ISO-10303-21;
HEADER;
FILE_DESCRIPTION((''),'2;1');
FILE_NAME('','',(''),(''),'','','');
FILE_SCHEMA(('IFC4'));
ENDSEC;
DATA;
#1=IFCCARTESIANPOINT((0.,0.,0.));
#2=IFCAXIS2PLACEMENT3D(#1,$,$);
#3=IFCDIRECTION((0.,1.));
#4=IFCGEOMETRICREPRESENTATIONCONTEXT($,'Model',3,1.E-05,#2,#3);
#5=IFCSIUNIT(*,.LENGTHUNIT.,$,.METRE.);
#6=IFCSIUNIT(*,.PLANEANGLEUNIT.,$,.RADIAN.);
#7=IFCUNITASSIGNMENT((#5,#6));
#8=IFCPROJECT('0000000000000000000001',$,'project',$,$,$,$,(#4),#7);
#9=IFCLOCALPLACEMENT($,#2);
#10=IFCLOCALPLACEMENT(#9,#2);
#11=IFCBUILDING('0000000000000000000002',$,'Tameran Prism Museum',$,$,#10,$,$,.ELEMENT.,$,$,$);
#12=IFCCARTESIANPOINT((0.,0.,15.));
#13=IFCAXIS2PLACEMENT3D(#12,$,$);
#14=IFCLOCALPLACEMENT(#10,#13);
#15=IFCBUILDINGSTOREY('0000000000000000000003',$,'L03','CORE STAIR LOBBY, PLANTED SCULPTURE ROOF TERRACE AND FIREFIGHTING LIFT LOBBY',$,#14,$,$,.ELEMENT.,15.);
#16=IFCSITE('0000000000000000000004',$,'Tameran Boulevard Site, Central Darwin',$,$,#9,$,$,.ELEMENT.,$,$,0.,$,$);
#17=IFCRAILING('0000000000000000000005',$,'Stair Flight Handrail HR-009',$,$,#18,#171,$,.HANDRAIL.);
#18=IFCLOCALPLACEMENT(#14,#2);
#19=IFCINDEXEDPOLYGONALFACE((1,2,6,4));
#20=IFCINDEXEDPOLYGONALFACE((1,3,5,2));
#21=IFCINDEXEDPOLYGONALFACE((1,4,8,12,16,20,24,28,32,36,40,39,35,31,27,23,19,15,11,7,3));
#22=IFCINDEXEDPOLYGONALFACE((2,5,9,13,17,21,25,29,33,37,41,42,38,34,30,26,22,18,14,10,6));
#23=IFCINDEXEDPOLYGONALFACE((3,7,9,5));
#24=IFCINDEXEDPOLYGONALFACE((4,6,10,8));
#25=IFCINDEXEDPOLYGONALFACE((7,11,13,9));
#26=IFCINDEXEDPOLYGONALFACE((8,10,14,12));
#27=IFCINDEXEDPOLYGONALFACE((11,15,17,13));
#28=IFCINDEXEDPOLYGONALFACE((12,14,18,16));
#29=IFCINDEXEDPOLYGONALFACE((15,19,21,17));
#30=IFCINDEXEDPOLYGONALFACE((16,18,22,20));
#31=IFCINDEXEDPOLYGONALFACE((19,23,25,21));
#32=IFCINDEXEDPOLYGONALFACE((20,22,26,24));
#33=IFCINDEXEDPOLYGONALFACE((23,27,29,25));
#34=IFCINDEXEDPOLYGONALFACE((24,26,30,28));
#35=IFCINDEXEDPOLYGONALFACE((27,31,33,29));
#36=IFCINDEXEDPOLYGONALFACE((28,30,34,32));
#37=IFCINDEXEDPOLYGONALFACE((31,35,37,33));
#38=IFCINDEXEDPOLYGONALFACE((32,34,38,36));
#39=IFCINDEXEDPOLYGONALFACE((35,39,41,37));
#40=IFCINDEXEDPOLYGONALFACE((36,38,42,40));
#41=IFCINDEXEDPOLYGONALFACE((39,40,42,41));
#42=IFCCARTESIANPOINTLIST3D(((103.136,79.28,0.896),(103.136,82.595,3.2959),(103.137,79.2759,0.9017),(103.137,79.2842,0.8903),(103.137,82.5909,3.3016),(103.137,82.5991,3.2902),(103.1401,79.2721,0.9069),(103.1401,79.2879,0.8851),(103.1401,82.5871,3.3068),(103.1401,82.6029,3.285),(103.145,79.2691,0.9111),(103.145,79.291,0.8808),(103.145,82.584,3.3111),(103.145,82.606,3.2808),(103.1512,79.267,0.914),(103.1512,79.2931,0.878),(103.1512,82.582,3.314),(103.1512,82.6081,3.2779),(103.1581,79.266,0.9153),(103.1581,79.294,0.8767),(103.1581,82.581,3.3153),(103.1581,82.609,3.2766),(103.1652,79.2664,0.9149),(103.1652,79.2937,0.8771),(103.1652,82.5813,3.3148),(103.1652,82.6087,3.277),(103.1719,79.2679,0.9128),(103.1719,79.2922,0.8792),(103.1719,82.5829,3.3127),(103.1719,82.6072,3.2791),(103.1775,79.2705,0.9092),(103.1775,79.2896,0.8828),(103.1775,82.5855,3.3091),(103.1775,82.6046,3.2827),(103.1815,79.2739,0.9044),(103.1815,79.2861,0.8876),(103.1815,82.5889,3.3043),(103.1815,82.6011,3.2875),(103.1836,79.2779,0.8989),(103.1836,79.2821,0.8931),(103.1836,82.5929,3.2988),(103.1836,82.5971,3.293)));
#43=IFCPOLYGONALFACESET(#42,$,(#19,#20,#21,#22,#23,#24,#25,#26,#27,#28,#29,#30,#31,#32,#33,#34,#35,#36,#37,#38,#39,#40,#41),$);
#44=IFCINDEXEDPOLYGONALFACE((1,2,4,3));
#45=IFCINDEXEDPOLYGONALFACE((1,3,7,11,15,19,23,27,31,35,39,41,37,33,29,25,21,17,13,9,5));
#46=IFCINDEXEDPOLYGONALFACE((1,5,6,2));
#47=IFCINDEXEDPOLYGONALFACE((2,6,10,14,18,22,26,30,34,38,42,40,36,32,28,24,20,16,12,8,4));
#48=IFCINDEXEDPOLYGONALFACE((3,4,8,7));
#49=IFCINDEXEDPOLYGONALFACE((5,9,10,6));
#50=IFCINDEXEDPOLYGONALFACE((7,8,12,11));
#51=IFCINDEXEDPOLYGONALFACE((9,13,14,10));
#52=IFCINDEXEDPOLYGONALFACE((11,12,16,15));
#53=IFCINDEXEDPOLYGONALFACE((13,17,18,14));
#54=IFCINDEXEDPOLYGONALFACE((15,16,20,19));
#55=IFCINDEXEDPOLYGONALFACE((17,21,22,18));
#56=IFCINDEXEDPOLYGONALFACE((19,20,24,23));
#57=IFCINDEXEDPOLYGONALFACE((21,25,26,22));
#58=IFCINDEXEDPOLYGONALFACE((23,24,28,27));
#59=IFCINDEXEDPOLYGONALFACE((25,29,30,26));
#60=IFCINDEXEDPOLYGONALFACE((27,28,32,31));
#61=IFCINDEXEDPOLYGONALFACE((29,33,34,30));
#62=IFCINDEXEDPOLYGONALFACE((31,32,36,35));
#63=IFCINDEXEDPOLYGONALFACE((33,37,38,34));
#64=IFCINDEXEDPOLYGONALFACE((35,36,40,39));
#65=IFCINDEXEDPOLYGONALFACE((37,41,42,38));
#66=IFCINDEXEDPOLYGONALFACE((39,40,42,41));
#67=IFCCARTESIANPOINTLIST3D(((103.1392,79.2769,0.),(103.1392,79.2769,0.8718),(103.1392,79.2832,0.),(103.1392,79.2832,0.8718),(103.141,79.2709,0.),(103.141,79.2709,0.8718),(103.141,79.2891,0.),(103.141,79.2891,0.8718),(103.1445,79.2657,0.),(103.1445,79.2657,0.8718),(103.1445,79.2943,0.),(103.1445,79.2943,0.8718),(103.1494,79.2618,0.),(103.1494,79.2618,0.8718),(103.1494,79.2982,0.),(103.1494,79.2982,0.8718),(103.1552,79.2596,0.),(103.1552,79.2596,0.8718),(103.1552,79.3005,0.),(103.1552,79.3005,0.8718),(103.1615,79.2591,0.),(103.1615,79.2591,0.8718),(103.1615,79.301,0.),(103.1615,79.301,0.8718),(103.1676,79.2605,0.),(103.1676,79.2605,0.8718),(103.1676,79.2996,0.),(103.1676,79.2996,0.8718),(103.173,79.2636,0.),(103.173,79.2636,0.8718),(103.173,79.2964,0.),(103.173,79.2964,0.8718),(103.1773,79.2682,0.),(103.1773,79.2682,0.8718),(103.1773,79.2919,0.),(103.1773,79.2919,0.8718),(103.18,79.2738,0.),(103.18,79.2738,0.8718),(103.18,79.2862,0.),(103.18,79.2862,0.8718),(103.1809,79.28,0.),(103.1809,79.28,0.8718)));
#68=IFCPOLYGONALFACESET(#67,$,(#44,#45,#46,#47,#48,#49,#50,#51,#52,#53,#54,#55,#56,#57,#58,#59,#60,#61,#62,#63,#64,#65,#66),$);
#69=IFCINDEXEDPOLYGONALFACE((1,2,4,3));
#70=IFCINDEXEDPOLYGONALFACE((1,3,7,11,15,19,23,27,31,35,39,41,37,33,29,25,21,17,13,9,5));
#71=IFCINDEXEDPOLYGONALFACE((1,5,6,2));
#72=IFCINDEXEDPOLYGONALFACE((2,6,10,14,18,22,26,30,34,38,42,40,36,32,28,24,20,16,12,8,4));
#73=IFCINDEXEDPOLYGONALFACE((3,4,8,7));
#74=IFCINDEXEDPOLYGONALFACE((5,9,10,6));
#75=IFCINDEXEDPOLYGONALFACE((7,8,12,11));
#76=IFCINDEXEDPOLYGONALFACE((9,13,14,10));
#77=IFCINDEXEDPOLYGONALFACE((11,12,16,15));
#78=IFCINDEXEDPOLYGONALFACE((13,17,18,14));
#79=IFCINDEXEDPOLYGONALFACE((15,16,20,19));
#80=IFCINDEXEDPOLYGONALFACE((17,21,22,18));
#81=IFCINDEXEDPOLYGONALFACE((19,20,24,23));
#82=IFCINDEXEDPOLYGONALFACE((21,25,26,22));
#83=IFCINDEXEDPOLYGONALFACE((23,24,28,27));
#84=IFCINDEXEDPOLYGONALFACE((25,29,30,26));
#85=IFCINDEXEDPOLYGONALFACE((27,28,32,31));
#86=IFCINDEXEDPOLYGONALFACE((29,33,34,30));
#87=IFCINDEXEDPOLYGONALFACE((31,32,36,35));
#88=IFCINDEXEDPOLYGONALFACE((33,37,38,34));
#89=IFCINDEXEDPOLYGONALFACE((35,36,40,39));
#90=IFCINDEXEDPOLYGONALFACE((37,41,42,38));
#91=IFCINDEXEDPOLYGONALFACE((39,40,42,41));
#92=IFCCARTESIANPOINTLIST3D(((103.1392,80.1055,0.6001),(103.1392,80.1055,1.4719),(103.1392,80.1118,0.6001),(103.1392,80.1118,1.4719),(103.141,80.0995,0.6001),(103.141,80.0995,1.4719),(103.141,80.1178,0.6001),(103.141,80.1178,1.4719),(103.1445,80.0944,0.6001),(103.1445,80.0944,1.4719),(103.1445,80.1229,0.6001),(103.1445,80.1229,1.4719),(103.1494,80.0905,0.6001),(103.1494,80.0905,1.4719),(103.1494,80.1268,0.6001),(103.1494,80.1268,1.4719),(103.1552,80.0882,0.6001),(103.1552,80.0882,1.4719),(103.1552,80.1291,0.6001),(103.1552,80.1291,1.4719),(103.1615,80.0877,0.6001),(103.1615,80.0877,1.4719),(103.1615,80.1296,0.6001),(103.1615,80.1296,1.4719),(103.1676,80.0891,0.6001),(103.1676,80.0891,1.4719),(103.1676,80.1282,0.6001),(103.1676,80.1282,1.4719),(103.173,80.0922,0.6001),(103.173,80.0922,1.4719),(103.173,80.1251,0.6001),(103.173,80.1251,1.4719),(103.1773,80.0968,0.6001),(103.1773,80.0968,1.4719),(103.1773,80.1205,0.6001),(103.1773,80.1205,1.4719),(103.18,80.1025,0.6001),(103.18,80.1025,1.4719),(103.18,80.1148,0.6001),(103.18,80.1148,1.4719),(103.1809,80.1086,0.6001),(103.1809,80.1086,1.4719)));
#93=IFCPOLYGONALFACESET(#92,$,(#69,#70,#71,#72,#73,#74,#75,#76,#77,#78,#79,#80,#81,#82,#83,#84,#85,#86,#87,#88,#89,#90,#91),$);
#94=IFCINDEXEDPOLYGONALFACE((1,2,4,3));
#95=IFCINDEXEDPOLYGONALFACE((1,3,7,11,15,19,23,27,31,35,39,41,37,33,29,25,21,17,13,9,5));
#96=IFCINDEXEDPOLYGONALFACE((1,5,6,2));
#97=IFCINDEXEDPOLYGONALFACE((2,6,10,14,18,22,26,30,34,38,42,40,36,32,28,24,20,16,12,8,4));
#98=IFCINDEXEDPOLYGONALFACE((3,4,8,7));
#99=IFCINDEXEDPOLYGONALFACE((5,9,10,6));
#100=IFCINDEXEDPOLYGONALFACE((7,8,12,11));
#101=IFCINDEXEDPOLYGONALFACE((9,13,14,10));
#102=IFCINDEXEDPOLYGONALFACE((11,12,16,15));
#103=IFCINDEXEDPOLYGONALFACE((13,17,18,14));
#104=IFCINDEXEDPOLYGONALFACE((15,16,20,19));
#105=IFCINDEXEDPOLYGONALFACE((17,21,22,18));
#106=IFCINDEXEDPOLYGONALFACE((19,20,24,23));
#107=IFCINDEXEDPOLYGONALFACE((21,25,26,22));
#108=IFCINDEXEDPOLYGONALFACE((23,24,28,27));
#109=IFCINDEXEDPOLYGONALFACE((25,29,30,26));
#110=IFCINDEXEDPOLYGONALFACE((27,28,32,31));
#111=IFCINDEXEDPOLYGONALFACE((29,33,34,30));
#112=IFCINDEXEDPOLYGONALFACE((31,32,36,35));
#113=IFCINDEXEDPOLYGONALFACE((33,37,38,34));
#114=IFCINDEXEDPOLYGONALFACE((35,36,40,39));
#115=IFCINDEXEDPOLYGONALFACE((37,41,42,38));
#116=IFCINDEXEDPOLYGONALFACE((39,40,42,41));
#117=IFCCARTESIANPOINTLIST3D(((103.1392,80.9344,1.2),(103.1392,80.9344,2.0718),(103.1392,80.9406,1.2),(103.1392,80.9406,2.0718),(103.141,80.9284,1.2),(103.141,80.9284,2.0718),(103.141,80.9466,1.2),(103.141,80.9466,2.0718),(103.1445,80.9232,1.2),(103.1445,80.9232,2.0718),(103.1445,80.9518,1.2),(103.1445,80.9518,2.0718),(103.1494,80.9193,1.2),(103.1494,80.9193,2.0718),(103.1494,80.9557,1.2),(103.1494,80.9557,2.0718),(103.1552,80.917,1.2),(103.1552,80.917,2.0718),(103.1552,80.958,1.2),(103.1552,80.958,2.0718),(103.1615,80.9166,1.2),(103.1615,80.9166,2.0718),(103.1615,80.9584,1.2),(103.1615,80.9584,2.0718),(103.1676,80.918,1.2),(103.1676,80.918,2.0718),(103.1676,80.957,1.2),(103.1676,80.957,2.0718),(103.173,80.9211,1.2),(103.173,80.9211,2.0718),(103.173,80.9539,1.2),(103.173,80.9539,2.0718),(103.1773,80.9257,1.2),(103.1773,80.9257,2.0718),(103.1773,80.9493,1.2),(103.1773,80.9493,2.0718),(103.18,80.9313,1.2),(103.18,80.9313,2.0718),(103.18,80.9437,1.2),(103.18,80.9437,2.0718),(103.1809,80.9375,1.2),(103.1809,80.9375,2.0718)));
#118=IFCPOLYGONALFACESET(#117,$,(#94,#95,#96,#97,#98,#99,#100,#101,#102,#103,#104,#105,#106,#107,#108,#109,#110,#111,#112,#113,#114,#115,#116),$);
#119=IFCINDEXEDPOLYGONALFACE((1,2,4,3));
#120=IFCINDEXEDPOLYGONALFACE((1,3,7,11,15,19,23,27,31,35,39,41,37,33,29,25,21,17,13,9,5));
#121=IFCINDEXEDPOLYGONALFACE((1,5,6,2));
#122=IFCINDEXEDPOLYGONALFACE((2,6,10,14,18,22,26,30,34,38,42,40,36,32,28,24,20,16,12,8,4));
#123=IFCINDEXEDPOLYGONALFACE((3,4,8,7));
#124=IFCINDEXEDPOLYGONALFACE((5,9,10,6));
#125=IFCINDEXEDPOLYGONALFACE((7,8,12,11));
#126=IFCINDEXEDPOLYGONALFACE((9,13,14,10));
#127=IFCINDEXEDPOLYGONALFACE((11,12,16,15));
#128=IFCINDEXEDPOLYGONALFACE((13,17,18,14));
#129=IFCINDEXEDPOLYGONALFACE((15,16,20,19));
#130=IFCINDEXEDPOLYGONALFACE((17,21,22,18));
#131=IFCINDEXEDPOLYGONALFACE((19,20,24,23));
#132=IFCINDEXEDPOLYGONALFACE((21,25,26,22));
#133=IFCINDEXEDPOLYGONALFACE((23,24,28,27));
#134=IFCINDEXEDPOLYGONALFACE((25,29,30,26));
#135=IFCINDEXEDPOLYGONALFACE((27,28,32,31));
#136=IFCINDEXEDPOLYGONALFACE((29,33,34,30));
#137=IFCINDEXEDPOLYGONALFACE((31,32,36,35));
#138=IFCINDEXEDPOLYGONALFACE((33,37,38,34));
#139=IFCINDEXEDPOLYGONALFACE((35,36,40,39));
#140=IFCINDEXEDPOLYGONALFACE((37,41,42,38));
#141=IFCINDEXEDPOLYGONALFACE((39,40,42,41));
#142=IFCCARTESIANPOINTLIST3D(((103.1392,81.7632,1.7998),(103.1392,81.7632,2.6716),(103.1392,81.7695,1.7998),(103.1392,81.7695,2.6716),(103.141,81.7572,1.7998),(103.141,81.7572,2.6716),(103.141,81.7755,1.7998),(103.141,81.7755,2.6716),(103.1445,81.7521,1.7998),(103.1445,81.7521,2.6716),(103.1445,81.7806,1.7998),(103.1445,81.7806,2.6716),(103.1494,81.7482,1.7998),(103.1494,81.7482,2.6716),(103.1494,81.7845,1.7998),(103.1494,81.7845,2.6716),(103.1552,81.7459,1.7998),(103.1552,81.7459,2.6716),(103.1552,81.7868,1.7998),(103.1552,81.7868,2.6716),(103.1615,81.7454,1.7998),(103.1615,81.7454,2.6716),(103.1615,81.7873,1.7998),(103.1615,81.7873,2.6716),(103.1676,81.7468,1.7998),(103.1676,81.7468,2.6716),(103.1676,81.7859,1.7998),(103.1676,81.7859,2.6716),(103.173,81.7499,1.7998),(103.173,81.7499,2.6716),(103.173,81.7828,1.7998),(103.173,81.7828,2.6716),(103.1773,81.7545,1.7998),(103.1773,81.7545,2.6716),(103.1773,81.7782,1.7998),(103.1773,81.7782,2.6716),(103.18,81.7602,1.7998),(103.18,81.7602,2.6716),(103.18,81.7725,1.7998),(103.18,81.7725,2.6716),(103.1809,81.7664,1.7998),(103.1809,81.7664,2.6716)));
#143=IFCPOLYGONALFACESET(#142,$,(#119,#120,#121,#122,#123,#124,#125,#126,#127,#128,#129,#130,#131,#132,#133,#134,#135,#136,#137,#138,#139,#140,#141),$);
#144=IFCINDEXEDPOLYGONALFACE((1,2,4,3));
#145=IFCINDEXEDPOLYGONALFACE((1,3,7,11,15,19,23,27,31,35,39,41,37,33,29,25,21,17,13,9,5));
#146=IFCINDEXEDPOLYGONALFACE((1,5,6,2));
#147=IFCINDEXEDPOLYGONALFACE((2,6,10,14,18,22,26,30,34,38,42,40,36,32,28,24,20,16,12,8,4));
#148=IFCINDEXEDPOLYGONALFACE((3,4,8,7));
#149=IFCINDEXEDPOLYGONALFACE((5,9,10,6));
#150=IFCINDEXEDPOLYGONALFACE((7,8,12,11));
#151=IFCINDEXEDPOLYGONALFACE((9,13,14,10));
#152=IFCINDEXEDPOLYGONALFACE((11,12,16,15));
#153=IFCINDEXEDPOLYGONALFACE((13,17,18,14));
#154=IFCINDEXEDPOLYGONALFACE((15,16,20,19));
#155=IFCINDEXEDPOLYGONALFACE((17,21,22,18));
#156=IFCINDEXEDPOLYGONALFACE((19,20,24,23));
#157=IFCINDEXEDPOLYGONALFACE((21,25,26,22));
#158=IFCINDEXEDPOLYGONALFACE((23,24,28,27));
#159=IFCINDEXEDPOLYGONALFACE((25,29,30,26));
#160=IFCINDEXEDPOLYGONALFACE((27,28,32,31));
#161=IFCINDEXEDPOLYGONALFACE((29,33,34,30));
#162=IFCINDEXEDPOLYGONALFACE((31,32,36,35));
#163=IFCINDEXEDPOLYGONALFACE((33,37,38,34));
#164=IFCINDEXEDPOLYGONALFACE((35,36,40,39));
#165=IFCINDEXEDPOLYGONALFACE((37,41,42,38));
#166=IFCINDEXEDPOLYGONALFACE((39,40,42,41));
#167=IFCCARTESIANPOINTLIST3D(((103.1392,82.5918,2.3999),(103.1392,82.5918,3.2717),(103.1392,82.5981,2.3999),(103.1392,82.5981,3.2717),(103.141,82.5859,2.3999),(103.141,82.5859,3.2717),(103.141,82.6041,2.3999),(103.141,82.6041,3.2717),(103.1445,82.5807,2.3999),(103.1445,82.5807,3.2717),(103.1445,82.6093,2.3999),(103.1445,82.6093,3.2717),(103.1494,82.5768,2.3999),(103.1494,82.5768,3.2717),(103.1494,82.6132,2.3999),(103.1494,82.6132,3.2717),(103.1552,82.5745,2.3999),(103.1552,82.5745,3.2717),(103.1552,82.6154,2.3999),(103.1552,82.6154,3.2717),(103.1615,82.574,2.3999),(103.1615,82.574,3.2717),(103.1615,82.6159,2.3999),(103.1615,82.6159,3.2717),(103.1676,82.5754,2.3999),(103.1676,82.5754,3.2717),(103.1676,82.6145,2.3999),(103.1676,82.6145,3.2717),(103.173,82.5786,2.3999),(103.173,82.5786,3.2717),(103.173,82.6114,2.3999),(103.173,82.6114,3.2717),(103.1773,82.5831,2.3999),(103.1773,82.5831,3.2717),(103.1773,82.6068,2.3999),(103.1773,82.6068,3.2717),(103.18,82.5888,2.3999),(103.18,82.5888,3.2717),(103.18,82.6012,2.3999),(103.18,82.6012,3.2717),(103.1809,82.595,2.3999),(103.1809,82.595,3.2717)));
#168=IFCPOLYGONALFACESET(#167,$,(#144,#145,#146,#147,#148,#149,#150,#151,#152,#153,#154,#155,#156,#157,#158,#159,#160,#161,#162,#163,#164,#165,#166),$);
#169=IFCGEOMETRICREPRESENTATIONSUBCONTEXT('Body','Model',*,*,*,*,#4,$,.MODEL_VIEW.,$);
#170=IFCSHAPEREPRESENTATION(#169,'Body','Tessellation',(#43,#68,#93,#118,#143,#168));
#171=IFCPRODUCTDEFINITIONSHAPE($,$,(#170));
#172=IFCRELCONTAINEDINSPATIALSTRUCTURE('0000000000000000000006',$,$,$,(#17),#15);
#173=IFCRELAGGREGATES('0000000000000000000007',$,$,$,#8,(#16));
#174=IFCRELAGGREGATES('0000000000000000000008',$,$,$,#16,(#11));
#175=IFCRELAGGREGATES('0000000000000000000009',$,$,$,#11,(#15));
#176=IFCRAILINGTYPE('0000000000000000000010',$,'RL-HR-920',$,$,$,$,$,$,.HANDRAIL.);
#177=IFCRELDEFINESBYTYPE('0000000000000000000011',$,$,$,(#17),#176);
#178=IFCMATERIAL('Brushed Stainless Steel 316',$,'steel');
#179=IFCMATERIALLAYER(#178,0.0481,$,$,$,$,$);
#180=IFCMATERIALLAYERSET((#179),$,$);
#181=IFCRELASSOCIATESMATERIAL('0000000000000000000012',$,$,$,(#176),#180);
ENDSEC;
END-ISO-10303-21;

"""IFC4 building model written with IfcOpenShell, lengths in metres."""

from ifc_helpers import new_model, si_unit, direction, frame, origin, origin_2d, place, context, subcontext, project, spatial, circle, extrude, material, layer, layer_set, type_object, element, save


model = new_model("IFC4")

# Units and contexts
model_context = context("Model", 3, precision=1e-05, world=origin(), true_north=direction((0.0, 1.0)))
body_context = subcontext(model_context, "Body", "Model", "MODEL_VIEW")
ifc_project = project(units=[si_unit("LENGTHUNIT", "METRE"), si_unit("PLANEANGLEUNIT", "RADIAN")], contexts=[model_context])

# Site, building, storey
site_placement = place(None, origin())
site = spatial("IfcSite", under=ifc_project, at=site_placement, Name="Tameran Boulevard Site, Central Darwin", CompositionType="ELEMENT", RefElevation=0.0)
building_placement = place(site_placement, origin())
building = spatial("IfcBuilding", under=site, at=building_placement, Name="Tameran Prism Museum", CompositionType="ELEMENT")
storey_placement = place(building_placement, frame((0.0, 0.0, 15.0)))
storey = spatial("IfcBuildingStorey", under=building, at=storey_placement, Name="L03", Description="CORE STAIR LOBBY, PLANTED SCULPTURE ROOF TERRACE AND FIREFIGHTING LIFT LOBBY", CompositionType="ELEMENT", Elevation=15.0)

# Railing
ifc_material_1 = material(Name="Brushed Stainless Steel 316", Category="steel")
ifc_layer_1 = layer(ifc_material_1, 0.0481)
ifc_layer_set_1 = layer_set([ifc_layer_1])
railing_type_1 = type_object("IfcRailingType", Name="RL-HR-920", PredefinedType="HANDRAIL", material=ifc_layer_set_1)
railing_1_placement = place(storey_placement, frame((103.1599, 79.28, 0.0)))
element("IfcRailing", 1, at=railing_1_placement, inside=storey, type_object=railing_type_1, Name="Stair Flight Handrail HR-009", PredefinedType="HANDRAIL", context=body_context, shape_type="SweptSolid", body=[
    extrude(circle(Radius=0.0239, at=origin_2d()), frame((0.0, 0.0, 0.896), z_axis=(0.0, 0.810009, 0.586418), x_axis=(-1.0, 0.0, 0.0)), (0.0, 0.0, 1.0), 4.0925),
    extrude(circle(Radius=0.021, at=origin_2d()), origin(), (0.0, 0.0, 1.0), 0.8718),
    extrude(circle(Radius=0.021, at=origin_2d()), frame((0.0, 0.8286, 0.6001)), (0.0, 0.0, 1.0), 0.8718),
    extrude(circle(Radius=0.021, at=origin_2d()), frame((0.0, 1.6575, 1.2)), (0.0, 0.0, 1.0), 0.8718),
    extrude(circle(Radius=0.021, at=origin_2d()), frame((0.0, 2.4863, 1.7998)), (0.0, 0.0, 1.0), 0.8718),
    extrude(circle(Radius=0.021, at=origin_2d()), frame((0.0, 3.3149, 2.3999)), (0.0, 0.0, 1.0), 0.8718),
])

save(model, "model.ifc")
